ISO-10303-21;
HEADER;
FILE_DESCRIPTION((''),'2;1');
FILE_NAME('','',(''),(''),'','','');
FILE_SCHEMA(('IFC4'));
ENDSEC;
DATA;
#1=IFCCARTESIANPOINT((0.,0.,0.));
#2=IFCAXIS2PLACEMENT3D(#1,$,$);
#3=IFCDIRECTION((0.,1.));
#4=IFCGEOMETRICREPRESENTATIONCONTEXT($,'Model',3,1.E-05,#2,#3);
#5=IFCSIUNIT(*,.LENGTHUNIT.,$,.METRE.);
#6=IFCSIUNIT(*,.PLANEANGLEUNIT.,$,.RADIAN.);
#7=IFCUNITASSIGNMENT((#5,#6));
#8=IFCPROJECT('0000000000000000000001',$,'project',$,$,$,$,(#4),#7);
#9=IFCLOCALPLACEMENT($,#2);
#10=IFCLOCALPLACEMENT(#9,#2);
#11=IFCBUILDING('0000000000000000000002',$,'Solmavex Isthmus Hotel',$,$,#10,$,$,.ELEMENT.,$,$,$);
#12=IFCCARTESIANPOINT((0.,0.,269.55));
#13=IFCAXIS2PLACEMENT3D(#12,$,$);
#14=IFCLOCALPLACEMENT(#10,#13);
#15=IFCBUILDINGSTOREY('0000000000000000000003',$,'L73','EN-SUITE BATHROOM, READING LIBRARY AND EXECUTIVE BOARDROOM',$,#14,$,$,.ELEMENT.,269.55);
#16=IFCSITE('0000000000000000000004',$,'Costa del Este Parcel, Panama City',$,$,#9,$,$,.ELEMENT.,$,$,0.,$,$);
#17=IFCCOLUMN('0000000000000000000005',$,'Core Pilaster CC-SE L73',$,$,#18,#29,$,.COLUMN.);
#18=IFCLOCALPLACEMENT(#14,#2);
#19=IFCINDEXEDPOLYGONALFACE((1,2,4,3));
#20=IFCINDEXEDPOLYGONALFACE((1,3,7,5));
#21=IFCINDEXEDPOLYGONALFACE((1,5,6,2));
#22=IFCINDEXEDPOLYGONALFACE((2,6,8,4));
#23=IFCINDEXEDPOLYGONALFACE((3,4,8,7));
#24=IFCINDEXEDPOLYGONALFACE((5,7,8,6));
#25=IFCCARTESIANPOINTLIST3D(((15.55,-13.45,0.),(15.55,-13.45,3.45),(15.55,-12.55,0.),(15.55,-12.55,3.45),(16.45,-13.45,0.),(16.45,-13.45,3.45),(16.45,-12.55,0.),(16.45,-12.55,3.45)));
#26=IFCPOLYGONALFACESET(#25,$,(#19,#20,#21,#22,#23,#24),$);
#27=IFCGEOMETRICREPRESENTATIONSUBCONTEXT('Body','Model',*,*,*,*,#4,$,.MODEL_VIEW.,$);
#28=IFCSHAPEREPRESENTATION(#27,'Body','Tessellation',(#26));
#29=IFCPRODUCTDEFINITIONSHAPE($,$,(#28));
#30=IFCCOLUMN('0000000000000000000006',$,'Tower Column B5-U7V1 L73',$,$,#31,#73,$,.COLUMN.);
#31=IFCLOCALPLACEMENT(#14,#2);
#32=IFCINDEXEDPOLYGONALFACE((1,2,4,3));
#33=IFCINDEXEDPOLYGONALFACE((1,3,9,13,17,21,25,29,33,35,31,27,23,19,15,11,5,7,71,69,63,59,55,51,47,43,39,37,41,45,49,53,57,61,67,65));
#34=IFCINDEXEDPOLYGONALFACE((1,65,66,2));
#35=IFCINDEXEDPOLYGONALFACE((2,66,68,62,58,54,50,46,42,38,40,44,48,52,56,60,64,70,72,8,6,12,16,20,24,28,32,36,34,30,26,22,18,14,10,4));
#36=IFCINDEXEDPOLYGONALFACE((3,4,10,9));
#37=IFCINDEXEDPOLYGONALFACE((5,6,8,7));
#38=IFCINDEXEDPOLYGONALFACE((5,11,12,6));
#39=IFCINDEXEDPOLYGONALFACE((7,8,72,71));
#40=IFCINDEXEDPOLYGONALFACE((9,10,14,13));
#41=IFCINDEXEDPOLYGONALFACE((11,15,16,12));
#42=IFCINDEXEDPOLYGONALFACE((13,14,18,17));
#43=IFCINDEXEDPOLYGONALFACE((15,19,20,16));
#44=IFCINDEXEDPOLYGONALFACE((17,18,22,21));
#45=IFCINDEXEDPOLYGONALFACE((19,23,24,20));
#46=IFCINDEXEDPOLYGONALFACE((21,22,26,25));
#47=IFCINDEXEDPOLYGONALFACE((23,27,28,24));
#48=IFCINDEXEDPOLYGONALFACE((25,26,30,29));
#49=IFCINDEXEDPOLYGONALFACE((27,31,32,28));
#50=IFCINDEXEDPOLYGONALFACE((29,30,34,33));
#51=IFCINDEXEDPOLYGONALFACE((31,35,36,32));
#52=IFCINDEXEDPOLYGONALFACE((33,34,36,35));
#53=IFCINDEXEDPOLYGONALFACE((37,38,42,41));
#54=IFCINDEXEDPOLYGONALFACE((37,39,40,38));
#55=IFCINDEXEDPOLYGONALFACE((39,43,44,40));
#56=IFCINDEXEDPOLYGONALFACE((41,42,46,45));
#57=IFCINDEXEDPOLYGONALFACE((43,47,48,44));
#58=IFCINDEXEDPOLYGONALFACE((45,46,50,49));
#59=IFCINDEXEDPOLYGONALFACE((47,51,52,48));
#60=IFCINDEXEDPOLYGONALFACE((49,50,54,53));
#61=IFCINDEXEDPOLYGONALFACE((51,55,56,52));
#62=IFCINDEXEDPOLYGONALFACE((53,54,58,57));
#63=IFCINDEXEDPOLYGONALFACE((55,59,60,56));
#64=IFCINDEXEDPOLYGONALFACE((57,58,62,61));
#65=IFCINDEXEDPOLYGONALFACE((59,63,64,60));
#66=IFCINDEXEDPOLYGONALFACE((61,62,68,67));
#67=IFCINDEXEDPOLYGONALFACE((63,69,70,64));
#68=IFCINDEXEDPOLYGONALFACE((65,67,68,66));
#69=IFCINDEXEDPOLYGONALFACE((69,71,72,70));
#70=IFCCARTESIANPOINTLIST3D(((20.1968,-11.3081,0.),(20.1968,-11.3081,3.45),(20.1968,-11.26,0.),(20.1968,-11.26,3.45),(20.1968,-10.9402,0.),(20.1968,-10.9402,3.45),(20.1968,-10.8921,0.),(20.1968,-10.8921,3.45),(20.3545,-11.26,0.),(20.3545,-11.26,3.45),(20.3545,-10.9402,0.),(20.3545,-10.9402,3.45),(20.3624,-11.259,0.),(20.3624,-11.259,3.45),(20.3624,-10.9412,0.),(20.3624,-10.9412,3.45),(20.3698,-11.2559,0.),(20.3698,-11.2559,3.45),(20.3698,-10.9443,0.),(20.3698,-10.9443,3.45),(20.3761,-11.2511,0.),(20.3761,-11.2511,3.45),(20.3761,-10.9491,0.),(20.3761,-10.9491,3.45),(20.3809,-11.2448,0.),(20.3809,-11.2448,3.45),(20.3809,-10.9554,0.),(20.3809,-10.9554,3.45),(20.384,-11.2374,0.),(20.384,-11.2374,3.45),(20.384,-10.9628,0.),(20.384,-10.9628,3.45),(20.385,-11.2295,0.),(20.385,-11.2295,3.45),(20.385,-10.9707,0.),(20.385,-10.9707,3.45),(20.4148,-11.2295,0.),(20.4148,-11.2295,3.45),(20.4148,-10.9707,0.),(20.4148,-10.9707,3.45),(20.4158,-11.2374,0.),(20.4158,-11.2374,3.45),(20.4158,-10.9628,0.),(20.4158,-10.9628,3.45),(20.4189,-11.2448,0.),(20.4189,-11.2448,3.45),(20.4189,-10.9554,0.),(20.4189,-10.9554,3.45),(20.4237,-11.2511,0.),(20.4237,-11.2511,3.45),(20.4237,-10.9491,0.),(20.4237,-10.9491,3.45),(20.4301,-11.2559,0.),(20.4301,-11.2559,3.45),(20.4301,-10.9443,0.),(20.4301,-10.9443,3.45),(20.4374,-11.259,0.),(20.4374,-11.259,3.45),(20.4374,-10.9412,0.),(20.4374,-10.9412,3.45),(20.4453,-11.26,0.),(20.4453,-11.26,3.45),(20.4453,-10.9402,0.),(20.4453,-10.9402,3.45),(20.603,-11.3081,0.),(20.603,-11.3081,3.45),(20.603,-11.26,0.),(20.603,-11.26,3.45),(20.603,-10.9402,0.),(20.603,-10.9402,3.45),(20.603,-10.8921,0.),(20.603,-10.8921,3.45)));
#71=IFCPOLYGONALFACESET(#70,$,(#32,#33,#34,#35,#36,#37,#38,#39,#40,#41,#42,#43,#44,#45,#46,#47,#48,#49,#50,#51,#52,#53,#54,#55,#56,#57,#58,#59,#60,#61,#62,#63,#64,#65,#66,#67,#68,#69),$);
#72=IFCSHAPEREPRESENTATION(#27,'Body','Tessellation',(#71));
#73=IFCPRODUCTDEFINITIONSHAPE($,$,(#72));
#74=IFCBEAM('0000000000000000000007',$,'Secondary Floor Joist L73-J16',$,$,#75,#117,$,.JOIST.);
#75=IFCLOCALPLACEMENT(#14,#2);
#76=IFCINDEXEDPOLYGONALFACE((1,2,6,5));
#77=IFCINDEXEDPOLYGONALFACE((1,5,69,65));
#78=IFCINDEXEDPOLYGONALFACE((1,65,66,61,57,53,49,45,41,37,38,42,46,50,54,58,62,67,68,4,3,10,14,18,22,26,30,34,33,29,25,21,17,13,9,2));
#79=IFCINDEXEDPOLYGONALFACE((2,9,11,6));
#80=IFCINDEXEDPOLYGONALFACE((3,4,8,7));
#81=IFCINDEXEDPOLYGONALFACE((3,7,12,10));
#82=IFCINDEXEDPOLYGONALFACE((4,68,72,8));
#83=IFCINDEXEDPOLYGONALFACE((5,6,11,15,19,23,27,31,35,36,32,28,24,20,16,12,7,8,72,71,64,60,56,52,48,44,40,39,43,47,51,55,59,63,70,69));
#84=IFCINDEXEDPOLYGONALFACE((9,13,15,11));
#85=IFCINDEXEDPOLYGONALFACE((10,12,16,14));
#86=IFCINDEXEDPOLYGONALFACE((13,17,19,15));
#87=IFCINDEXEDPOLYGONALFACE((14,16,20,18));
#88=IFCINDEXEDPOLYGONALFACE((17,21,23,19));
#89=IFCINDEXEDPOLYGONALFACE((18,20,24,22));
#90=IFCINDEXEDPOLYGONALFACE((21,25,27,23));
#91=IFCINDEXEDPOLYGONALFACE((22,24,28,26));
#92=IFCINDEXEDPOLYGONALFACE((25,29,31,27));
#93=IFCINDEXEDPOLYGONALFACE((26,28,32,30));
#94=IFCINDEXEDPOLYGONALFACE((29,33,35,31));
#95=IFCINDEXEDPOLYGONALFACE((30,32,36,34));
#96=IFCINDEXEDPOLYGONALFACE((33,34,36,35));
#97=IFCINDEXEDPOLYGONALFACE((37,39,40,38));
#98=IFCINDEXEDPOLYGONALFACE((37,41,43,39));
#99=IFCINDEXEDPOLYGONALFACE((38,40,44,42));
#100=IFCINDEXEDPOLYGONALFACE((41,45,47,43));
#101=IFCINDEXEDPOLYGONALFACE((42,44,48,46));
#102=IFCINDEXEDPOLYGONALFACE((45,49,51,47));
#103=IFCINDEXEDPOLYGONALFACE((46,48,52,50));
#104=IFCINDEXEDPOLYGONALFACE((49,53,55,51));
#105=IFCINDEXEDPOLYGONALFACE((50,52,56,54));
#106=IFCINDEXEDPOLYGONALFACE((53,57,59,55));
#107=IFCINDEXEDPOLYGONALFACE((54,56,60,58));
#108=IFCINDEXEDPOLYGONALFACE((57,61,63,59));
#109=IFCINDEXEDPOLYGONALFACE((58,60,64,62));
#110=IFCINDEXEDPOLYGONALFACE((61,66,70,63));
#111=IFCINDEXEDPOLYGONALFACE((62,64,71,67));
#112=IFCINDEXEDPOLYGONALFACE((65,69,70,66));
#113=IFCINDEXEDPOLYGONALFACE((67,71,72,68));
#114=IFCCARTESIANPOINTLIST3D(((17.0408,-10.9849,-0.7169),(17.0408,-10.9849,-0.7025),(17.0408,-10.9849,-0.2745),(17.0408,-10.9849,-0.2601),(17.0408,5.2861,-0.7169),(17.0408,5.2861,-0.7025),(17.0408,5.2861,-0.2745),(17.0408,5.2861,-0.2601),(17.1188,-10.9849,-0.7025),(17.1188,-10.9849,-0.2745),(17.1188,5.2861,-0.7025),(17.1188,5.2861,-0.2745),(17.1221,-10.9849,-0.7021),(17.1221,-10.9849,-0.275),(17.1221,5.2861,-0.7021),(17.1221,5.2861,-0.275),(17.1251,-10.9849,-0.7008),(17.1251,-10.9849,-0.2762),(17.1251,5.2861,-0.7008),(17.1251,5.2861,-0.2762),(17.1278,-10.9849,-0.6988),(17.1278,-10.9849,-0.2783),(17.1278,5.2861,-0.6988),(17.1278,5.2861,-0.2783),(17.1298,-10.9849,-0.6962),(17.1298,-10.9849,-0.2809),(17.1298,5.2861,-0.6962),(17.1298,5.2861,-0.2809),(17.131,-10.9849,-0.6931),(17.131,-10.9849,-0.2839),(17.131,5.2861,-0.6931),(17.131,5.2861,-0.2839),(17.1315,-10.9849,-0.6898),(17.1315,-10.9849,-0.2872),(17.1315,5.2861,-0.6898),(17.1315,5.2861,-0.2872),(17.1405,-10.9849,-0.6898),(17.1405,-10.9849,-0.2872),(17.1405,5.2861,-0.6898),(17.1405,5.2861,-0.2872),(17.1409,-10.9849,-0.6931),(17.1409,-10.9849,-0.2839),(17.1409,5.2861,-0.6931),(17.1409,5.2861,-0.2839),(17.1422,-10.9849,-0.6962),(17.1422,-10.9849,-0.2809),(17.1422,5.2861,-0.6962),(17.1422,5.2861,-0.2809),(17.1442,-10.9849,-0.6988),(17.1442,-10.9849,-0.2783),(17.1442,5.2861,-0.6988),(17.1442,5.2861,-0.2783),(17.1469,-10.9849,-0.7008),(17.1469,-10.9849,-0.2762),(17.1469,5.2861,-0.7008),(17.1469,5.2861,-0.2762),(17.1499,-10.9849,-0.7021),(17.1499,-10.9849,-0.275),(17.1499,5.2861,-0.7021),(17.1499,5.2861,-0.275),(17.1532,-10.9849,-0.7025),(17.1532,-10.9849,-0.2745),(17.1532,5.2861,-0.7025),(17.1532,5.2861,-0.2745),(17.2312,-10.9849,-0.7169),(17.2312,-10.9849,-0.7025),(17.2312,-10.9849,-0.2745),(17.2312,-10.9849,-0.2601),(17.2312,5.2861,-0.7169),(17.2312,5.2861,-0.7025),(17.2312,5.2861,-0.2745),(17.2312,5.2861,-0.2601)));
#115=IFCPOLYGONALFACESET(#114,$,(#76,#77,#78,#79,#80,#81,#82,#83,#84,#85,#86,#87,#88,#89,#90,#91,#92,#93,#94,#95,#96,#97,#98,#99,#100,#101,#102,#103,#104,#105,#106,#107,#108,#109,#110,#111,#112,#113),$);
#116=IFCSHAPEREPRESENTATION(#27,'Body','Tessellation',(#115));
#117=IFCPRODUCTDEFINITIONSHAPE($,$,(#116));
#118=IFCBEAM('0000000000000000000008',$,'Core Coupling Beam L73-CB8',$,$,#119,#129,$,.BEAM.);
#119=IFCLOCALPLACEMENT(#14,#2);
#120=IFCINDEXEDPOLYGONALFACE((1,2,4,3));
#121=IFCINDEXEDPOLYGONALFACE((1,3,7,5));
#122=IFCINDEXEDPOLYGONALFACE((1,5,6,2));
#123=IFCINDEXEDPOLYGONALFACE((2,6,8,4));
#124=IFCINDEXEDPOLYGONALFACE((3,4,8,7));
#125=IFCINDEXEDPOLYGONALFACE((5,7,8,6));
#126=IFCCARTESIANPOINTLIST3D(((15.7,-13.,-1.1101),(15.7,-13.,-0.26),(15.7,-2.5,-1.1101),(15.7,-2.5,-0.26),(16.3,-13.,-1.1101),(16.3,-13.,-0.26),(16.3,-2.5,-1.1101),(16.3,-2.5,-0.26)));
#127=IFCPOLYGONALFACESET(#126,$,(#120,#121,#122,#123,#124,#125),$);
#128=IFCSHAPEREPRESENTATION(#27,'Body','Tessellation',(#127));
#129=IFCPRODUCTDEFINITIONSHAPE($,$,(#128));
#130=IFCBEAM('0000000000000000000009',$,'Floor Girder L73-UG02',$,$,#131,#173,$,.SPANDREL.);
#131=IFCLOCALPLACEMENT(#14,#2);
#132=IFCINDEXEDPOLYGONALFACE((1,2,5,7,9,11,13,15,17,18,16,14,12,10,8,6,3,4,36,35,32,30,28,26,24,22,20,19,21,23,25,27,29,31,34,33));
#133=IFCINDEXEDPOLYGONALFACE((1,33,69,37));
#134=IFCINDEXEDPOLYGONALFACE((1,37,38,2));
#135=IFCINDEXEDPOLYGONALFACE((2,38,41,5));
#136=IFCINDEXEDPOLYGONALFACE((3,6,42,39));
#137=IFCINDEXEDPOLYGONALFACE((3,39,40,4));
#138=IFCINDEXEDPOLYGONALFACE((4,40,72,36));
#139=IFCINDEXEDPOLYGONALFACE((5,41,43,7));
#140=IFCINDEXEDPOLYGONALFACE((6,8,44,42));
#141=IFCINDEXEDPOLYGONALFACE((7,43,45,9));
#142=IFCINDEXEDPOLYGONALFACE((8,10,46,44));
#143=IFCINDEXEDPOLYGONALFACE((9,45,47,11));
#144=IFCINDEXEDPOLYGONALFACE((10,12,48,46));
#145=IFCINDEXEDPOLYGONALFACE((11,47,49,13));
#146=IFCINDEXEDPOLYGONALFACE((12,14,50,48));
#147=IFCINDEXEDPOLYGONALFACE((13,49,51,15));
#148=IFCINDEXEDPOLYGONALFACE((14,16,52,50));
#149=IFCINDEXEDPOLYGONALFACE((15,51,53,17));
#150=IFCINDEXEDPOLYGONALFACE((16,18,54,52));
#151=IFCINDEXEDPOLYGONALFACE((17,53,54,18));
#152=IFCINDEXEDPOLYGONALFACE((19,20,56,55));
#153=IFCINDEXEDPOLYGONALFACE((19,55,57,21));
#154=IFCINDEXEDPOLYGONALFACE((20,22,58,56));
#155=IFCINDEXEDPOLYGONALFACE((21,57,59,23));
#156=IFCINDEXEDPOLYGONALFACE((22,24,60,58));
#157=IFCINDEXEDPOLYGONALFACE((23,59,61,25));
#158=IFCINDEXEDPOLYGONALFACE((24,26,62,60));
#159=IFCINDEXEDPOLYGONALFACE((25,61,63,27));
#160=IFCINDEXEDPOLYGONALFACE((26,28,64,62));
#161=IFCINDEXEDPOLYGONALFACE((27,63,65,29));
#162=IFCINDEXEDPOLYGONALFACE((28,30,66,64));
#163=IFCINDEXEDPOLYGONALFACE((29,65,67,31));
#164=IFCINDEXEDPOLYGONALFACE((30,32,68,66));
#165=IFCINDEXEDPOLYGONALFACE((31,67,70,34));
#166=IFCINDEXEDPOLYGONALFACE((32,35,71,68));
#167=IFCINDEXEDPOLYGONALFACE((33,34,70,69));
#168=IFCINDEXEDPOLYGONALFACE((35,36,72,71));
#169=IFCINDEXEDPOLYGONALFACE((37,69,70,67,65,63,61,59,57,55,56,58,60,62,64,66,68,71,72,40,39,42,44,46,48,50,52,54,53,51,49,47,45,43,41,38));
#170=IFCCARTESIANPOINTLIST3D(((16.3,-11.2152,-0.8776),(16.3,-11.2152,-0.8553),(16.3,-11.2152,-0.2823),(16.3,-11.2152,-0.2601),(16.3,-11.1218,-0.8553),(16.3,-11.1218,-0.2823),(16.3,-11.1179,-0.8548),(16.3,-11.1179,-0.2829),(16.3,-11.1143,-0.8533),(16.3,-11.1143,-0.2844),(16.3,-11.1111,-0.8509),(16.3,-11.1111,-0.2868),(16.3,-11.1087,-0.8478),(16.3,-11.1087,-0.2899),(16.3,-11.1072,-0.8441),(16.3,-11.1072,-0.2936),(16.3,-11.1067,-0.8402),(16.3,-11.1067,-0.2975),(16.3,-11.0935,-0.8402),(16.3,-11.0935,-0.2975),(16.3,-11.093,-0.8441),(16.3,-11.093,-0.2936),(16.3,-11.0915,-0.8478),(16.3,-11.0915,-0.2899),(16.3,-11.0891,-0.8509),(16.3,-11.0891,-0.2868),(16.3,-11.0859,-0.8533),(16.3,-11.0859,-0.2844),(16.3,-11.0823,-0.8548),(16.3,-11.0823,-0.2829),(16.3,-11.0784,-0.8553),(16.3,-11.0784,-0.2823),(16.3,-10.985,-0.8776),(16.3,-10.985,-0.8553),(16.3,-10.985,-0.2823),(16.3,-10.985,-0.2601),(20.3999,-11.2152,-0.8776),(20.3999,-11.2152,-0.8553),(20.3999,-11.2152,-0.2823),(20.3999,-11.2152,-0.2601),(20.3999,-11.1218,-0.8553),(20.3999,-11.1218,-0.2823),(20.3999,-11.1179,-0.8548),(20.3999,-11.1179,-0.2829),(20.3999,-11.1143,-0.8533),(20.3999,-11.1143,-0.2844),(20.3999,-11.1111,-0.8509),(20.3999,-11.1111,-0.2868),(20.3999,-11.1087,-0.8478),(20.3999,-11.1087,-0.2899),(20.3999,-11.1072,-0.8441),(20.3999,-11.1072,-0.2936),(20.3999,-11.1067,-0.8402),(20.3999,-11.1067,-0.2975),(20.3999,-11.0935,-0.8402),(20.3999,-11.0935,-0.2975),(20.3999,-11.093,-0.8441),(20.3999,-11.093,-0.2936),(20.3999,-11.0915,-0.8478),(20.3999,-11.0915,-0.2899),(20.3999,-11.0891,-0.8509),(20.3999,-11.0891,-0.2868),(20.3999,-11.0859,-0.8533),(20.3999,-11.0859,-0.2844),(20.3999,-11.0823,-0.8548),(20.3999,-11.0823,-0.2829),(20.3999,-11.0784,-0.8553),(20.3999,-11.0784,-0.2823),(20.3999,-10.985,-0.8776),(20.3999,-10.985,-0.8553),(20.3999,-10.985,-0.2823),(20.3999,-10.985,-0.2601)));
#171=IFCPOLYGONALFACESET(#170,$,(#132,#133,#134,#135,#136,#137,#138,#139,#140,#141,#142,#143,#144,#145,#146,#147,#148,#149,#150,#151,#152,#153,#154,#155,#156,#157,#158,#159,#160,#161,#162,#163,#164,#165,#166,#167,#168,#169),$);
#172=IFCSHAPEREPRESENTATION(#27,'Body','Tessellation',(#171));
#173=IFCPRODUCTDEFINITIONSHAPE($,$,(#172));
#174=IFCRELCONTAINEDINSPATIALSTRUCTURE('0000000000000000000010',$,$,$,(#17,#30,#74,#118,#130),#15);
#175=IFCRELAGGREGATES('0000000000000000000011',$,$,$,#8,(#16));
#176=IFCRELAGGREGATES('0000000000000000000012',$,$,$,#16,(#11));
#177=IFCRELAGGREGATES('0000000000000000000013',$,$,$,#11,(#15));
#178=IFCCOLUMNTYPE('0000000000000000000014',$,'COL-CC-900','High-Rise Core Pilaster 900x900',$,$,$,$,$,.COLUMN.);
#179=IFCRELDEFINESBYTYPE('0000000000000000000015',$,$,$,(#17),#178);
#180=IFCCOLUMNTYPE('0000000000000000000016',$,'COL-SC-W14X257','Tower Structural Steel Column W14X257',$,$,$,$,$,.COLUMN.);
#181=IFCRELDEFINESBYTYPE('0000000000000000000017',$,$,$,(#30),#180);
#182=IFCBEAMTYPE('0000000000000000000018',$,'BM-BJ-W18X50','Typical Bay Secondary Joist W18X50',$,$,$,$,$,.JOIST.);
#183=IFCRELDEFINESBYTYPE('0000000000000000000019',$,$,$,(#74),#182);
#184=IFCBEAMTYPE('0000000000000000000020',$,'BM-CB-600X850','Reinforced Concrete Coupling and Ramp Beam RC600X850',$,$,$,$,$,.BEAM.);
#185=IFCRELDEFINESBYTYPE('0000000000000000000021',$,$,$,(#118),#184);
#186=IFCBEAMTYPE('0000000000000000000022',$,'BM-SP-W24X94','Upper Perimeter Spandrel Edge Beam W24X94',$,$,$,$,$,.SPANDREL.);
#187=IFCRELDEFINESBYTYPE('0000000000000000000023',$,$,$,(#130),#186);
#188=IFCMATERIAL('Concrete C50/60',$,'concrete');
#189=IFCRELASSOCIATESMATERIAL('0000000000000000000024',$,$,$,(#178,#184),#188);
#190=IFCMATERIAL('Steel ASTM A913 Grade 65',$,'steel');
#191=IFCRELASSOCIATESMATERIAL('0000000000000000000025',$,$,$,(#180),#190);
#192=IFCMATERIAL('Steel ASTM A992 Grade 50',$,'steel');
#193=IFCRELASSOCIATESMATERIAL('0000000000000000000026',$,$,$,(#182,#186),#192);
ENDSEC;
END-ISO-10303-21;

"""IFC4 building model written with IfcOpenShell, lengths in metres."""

from ifc_helpers import new_model, si_unit, direction, frame, origin, origin_2d, place, context, subcontext, project, spatial, rectangle, i_section, extrude, material, material_profile, profile_set, type_object, element, save


model = new_model("IFC4")

# Units and contexts
model_context = context("Model", 3, precision=1e-05, world=origin(), true_north=direction((0.0, 1.0)))
body_context = subcontext(model_context, "Body", "Model", "MODEL_VIEW")
ifc_project = project(units=[si_unit("LENGTHUNIT", "METRE"), si_unit("PLANEANGLEUNIT", "RADIAN")], contexts=[model_context])

# Site, building, storey
site_placement = place(None, origin())
site = spatial("IfcSite", under=ifc_project, at=site_placement, Name="Costa del Este Parcel, Panama City", CompositionType="ELEMENT", RefElevation=0.0)
building_placement = place(site_placement, origin())
building = spatial("IfcBuilding", under=site, at=building_placement, Name="Solmavex Isthmus Hotel", CompositionType="ELEMENT")
storey_placement = place(building_placement, frame((0.0, 0.0, 269.55)))
storey = spatial("IfcBuildingStorey", under=building, at=storey_placement, Name="L73", Description="EN-SUITE BATHROOM, READING LIBRARY AND EXECUTIVE BOARDROOM", CompositionType="ELEMENT", Elevation=269.55)

# Columns
ifc_material_1 = material(Name="Concrete C50/60", Category="concrete")
ifc_material_profile_1 = material_profile(ifc_material_1, rectangle(XDim=0.8999, YDim=0.8999, at=origin_2d()), Name="RC900X900")
ifc_profile_set_1 = profile_set([ifc_material_profile_1], Name="Concrete C50/60")
column_type_1 = type_object("IfcColumnType", Name="COL-CC-900", Description="High-Rise Core Pilaster 900x900", PredefinedType="COLUMN", material=ifc_profile_set_1)
column_1_placement = place(storey_placement, frame((16.0, -13.0, 0.0), z_axis=(0.0, 0.0, 1.0), x_axis=(1.0, 0.0, 0.0)))
element("IfcColumn", 1, at=column_1_placement, inside=storey, type_object=column_type_1, Name="Core Pilaster CC-SE L73", PredefinedType="COLUMN", context=body_context, shape_type="SweptSolid", body=[
    extrude(rectangle(XDim=0.8999, YDim=0.8999, at=origin_2d()), origin(), (0.0, 0.0, 1.0), 3.45),
])
ifc_material_2 = material(Name="Steel ASTM A913 Grade 65", Category="steel")
ifc_material_profile_2 = material_profile(ifc_material_2, i_section(OverallWidth=0.4062, OverallDepth=0.416, WebThickness=0.0298, FlangeThickness=0.0481, FilletRadius=0.0305, at=origin_2d()), Name="W14X257")
ifc_profile_set_2 = profile_set([ifc_material_profile_2], Name="Steel ASTM A913 Grade 65")
column_type_2 = type_object("IfcColumnType", Name="COL-SC-W14X257", Description="Tower Structural Steel Column W14X257", PredefinedType="COLUMN", material=ifc_profile_set_2)
column_2_placement = place(storey_placement, frame((20.3999, -11.1001, 0.0), z_axis=(0.0, 0.0, 1.0), x_axis=(1.0, 0.0, 0.0)))
element("IfcColumn", 2, at=column_2_placement, inside=storey, type_object=column_type_2, Name="Tower Column B5-U7V1 L73", PredefinedType="COLUMN", context=body_context, shape_type="SweptSolid", body=[
    extrude(i_section(OverallWidth=0.4062, OverallDepth=0.416, WebThickness=0.0298, FlangeThickness=0.0481, FilletRadius=0.0305, at=origin_2d()), origin(), (0.0, 0.0, 1.0), 3.45),
])

# Beams
ifc_material_3 = material(Name="Steel ASTM A992 Grade 50", Category="steel")
ifc_material_profile_3 = material_profile(ifc_material_3, i_section(OverallWidth=0.1904, OverallDepth=0.4568, WebThickness=0.009, FlangeThickness=0.0144, FilletRadius=0.0127, at=origin_2d()), Name="W18X50")
ifc_profile_set_3 = profile_set([ifc_material_profile_3], Name="Steel ASTM A992 Grade 50")
beam_type_1 = type_object("IfcBeamType", Name="BM-BJ-W18X50", Description="Typical Bay Secondary Joist W18X50", PredefinedType="JOIST", material=ifc_profile_set_3)
beam_1_placement = place(storey_placement, frame((17.136, -10.9849, -0.4885), z_axis=(0.0, 1.0, 0.0), x_axis=(-1.0, 0.0, 0.0)))
element("IfcBeam", 3, at=beam_1_placement, inside=storey, type_object=beam_type_1, Name="Secondary Floor Joist L73-J16", PredefinedType="JOIST", context=body_context, shape_type="SweptSolid", body=[
    extrude(i_section(OverallWidth=0.1904, OverallDepth=0.4568, WebThickness=0.009, FlangeThickness=0.0144, FilletRadius=0.0127, at=origin_2d()), origin(), (0.0, 0.0, 1.0), 16.271),
])
ifc_material_profile_4 = material_profile(ifc_material_1, rectangle(XDim=0.6001, YDim=0.8501, at=origin_2d()), Name="RC600X850")
ifc_profile_set_4 = profile_set([ifc_material_profile_4], Name="Concrete C50/60")
beam_type_2 = type_object("IfcBeamType", Name="BM-CB-600X850", Description="Reinforced Concrete Coupling and Ramp Beam RC600X850", PredefinedType="BEAM", material=ifc_profile_set_4)
beam_2_placement = place(storey_placement, frame((16.0, -13.0, -0.6851), z_axis=(0.0, 1.0, 0.0), x_axis=(-1.0, 0.0, 0.0)))
element("IfcBeam", 4, at=beam_2_placement, inside=storey, type_object=beam_type_2, Name="Core Coupling Beam L73-CB8", PredefinedType="BEAM", context=body_context, shape_type="SweptSolid", body=[
    extrude(rectangle(XDim=0.6001, YDim=0.8501, at=origin_2d()), origin(), (0.0, 0.0, 1.0), 10.5),
])
ifc_material_profile_5 = material_profile(ifc_material_3, i_section(OverallWidth=0.2302, OverallDepth=0.6174, WebThickness=0.0132, FlangeThickness=0.0222, FilletRadius=0.0151, at=origin_2d()), Name="W24X94")
ifc_profile_set_5 = profile_set([ifc_material_profile_5], Name="Steel ASTM A992 Grade 50")
beam_type_3 = type_object("IfcBeamType", Name="BM-SP-W24X94", Description="Upper Perimeter Spandrel Edge Beam W24X94", PredefinedType="SPANDREL", material=ifc_profile_set_5)
beam_3_placement = place(storey_placement, frame((16.3, -11.1001, -0.5688), z_axis=(1.0, 0.0, 0.0), x_axis=(0.0, 1.0, 0.0)))
element("IfcBeam", 5, at=beam_3_placement, inside=storey, type_object=beam_type_3, Name="Floor Girder L73-UG02", PredefinedType="SPANDREL", context=body_context, shape_type="SweptSolid", body=[
    extrude(i_section(OverallWidth=0.2302, OverallDepth=0.6174, WebThickness=0.0132, FlangeThickness=0.0222, FilletRadius=0.0151, at=origin_2d()), origin(), (0.0, 0.0, 1.0), 4.0999),
])

save(model, "model.ifc")
